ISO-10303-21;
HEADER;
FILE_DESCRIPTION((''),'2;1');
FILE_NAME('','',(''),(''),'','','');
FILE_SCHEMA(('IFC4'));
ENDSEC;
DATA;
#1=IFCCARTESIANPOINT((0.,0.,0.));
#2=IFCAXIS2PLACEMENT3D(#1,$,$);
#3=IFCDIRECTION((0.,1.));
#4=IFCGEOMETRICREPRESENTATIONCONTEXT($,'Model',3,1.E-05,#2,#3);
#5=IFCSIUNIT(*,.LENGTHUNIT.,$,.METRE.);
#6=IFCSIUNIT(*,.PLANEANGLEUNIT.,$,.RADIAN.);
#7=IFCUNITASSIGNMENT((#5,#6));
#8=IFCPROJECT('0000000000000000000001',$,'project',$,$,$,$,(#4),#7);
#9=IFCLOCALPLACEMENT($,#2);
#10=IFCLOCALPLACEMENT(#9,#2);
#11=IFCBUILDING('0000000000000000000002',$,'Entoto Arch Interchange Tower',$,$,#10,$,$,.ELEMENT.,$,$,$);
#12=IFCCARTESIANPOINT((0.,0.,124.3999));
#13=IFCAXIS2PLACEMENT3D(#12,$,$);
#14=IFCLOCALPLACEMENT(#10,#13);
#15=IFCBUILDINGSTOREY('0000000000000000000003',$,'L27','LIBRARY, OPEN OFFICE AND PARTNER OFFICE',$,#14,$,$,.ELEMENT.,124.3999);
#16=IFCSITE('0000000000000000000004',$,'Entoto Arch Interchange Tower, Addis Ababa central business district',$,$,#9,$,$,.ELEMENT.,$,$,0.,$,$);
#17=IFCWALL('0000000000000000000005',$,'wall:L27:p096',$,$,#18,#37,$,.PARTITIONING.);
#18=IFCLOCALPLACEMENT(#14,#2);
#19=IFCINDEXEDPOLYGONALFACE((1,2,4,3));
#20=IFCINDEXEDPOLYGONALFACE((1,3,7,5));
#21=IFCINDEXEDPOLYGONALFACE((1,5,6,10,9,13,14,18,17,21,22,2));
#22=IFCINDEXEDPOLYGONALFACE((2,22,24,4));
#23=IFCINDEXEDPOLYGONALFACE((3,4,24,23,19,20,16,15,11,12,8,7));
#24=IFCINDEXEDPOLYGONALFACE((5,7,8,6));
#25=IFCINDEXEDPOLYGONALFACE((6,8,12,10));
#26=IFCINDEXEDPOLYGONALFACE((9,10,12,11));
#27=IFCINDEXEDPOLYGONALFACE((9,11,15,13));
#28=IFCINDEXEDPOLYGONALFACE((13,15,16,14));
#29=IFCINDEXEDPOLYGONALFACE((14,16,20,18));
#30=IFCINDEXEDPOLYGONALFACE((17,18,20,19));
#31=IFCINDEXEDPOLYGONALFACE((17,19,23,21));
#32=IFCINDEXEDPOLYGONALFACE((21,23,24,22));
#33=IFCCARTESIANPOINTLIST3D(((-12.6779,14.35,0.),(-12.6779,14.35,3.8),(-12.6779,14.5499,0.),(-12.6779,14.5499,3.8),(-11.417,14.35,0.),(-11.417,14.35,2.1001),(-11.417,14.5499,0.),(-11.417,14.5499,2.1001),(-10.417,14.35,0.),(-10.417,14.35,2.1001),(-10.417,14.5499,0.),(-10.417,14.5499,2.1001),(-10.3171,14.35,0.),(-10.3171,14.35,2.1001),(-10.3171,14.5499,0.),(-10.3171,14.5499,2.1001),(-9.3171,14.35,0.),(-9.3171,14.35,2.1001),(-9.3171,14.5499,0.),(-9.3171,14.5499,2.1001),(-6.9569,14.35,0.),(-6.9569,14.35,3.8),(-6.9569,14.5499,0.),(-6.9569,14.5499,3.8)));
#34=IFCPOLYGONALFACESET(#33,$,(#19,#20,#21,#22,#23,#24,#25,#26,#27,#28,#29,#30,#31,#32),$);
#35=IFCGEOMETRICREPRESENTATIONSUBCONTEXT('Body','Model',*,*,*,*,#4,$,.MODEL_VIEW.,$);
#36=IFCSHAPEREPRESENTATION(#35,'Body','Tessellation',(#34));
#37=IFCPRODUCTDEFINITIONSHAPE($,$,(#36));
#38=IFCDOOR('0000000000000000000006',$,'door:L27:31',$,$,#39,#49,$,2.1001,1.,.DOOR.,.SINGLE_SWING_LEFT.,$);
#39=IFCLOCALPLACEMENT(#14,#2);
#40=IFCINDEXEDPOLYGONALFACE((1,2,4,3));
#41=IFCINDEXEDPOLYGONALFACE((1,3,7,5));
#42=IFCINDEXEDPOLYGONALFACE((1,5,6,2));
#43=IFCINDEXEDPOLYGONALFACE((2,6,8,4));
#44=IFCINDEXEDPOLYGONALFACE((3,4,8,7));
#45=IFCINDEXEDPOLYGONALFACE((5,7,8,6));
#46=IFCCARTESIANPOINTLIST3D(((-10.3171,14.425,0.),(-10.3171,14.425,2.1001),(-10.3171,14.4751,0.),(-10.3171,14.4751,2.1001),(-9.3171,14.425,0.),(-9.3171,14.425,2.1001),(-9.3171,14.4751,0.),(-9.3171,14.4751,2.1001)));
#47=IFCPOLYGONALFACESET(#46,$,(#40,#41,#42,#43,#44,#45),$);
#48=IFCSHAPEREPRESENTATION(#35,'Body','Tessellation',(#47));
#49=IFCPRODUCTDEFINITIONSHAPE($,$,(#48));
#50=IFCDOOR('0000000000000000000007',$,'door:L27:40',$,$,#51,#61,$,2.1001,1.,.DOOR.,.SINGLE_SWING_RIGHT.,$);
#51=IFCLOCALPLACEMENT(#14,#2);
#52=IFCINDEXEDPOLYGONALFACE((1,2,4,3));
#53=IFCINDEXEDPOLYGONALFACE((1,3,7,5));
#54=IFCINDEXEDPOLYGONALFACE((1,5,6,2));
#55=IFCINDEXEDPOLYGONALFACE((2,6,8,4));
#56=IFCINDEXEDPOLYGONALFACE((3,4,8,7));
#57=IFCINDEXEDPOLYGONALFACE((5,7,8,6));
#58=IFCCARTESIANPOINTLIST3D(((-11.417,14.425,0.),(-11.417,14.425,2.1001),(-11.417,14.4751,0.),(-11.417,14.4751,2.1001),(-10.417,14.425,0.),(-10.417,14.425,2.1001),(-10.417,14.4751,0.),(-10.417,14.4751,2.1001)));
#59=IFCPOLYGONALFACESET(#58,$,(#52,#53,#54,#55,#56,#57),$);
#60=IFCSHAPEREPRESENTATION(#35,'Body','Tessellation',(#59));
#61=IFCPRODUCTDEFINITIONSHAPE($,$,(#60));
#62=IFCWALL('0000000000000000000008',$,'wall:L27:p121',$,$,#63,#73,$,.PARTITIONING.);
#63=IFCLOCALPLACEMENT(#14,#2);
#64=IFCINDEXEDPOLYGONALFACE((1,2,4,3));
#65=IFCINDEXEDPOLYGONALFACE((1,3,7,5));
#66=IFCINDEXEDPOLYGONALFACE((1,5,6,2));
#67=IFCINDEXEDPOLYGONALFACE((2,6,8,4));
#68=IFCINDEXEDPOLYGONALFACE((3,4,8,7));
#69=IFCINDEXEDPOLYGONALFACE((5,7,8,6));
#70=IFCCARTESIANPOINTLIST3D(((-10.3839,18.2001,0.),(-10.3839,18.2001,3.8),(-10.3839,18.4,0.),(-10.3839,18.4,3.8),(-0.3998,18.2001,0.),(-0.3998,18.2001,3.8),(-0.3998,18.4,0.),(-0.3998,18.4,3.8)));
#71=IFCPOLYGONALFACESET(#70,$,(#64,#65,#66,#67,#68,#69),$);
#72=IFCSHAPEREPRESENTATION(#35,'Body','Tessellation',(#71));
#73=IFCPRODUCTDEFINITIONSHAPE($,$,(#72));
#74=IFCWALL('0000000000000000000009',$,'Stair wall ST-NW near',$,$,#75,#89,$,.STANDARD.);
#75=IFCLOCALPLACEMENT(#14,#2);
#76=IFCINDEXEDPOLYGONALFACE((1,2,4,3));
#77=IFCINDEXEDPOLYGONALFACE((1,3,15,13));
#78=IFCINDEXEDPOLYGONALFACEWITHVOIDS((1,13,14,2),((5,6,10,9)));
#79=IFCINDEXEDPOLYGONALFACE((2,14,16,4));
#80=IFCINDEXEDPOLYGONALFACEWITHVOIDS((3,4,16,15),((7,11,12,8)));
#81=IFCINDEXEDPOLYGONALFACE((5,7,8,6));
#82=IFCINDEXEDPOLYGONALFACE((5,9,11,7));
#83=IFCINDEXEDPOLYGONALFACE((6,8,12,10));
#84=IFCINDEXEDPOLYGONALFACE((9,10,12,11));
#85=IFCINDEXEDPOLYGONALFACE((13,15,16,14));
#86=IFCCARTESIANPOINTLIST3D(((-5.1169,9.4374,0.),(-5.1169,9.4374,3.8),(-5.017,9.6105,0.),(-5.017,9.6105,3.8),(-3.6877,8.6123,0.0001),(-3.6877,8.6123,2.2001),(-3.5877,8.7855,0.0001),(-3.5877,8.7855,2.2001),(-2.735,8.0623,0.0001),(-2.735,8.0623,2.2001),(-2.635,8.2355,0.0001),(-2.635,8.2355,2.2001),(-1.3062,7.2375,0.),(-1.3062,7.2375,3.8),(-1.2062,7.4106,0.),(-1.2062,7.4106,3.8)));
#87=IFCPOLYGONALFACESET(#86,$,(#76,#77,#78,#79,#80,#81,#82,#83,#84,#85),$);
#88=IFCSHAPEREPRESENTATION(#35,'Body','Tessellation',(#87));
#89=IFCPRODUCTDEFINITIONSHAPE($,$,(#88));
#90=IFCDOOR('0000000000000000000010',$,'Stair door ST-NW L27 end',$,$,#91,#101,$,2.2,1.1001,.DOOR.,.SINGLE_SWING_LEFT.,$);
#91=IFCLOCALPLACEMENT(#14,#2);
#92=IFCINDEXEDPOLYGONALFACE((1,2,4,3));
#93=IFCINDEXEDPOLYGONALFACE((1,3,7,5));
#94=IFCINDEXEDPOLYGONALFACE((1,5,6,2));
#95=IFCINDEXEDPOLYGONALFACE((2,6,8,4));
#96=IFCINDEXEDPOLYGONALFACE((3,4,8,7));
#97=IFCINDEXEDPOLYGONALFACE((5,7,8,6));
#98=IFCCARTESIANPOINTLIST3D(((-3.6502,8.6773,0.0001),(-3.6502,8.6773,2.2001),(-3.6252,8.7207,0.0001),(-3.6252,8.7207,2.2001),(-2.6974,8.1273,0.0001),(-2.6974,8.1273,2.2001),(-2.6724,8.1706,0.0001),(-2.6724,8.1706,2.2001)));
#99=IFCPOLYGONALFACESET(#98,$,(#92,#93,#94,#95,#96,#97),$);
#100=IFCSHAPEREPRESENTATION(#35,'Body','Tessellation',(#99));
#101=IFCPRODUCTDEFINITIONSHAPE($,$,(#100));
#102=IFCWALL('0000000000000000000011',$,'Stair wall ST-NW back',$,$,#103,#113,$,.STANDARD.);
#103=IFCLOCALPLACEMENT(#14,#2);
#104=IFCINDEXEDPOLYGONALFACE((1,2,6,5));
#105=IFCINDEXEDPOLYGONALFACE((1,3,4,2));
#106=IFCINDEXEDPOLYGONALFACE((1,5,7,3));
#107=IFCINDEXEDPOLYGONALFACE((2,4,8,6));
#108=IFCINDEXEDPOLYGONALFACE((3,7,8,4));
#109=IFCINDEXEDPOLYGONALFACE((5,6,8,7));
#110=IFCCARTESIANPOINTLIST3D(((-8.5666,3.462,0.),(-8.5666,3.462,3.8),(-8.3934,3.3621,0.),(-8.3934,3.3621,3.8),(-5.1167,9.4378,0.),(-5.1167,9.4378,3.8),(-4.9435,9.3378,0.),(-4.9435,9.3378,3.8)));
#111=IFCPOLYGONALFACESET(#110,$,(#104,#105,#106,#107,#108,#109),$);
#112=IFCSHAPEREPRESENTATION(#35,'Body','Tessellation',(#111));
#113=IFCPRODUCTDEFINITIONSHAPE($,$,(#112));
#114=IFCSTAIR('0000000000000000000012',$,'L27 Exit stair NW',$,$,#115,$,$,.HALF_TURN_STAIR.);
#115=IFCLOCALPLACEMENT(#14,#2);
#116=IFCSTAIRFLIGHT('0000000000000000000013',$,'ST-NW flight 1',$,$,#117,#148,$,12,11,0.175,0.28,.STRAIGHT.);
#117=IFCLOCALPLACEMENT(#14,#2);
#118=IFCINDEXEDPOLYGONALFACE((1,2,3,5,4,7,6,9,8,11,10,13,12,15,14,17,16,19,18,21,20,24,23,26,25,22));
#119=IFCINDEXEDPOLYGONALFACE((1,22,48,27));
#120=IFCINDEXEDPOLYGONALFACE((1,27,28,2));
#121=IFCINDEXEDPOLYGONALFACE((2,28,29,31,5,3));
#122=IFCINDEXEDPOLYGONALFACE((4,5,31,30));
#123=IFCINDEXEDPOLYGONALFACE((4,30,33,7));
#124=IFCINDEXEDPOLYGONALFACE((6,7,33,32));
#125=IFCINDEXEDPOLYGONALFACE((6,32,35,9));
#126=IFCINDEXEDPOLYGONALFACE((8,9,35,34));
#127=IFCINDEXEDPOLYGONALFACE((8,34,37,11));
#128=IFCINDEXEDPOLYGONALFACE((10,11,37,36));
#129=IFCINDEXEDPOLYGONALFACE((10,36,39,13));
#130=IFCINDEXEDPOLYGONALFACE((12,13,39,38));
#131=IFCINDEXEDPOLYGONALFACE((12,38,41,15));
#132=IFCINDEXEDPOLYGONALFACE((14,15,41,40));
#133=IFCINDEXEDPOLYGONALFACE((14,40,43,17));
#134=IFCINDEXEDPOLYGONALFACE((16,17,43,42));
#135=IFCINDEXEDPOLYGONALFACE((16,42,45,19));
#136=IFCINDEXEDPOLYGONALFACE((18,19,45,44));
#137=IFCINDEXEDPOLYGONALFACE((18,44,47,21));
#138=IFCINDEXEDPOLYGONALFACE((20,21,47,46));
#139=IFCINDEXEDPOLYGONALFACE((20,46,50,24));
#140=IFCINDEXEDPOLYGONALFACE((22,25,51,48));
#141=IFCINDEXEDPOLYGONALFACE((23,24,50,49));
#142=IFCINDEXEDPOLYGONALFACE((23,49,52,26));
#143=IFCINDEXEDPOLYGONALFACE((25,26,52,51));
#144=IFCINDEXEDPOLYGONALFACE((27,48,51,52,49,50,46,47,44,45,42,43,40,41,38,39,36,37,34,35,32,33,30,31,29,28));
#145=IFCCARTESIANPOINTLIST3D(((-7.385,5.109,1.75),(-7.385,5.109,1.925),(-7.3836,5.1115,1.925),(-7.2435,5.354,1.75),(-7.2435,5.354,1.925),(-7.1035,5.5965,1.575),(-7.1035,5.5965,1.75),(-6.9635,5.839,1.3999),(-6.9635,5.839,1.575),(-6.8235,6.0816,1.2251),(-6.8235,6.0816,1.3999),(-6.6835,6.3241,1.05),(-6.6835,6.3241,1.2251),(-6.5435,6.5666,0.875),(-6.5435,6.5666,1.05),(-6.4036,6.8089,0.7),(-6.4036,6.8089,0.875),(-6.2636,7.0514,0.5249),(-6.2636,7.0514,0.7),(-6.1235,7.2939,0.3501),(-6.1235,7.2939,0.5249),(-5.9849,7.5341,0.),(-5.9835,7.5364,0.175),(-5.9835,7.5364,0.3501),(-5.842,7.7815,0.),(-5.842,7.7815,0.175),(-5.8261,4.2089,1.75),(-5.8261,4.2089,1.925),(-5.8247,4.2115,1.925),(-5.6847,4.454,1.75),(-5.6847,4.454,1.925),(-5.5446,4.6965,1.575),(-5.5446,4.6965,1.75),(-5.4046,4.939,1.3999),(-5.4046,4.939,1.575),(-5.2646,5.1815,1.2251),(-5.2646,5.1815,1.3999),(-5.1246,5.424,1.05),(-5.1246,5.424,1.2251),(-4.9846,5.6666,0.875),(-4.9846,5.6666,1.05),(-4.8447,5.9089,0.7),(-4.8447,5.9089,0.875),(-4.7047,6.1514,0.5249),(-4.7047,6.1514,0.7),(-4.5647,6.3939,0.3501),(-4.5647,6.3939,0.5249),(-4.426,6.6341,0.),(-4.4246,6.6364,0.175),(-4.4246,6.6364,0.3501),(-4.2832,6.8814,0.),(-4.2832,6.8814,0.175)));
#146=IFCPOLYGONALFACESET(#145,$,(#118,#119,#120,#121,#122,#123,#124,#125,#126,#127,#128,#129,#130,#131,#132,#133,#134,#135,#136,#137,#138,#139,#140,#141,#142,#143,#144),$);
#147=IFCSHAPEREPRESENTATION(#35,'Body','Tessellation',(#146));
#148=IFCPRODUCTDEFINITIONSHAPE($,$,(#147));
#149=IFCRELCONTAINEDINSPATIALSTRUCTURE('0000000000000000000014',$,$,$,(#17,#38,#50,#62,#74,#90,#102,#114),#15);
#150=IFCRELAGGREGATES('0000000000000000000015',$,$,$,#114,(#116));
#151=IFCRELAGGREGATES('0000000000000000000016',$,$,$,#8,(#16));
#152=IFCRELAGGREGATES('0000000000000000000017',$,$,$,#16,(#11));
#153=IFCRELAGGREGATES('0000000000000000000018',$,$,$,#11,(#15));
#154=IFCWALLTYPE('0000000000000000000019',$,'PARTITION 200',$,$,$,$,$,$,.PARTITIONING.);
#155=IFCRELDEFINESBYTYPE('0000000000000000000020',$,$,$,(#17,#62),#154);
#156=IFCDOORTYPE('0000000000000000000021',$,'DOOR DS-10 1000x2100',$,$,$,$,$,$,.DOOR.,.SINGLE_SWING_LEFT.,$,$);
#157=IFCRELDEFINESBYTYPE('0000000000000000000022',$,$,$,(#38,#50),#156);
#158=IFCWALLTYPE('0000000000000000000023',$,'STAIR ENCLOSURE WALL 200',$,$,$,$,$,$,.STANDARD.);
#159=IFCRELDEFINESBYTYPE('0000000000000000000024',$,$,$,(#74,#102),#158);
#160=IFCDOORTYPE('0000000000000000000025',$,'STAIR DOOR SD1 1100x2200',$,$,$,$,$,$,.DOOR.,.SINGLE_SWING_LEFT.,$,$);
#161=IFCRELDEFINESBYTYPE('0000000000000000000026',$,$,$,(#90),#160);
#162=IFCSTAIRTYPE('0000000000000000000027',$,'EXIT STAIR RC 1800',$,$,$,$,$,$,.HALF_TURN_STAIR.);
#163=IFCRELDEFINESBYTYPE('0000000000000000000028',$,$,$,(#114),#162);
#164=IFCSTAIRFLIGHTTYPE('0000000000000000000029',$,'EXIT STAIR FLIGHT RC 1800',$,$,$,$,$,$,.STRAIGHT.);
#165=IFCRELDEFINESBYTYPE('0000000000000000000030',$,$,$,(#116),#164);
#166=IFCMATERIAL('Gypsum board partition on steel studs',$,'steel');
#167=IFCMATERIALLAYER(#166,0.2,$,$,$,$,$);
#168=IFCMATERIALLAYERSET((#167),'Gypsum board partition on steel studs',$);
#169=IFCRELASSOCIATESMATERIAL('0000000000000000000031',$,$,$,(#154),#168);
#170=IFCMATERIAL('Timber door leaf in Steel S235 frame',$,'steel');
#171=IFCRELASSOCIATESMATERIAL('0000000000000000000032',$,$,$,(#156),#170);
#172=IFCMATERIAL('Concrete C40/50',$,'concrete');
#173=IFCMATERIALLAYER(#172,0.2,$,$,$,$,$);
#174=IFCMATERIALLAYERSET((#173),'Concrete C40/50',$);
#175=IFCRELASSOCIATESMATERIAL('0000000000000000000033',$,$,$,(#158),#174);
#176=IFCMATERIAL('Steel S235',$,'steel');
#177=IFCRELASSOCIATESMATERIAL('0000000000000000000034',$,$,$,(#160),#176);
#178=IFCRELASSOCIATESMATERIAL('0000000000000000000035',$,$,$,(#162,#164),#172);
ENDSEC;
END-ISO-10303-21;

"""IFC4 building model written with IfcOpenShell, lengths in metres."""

from ifc_helpers import new_model, si_unit, direction, frame, frame_2d, origin, place, context, subcontext, project, spatial, polyline, rectangle, outline, extrude, material, layer, layer_set, type_object, element, fill, aggregate, save


model = new_model("IFC4")

# Units and contexts
model_context = context("Model", 3, precision=1e-05, world=origin(), true_north=direction((0.0, 1.0)))
body_context = subcontext(model_context, "Body", "Model", "MODEL_VIEW")
ifc_project = project(units=[si_unit("LENGTHUNIT", "METRE"), si_unit("PLANEANGLEUNIT", "RADIAN")], contexts=[model_context])

# Site, building, storey
site_placement = place(None, origin())
site = spatial("IfcSite", under=ifc_project, at=site_placement, Name="Entoto Arch Interchange Tower, Addis Ababa central business district", CompositionType="ELEMENT", RefElevation=0.0)
building_placement = place(site_placement, origin())
building = spatial("IfcBuilding", under=site, at=building_placement, Name="Entoto Arch Interchange Tower", CompositionType="ELEMENT")
storey_placement = place(building_placement, frame((0.0, 0.0, 124.3999)))
storey = spatial("IfcBuildingStorey", under=building, at=storey_placement, Name="L27", Description="LIBRARY, OPEN OFFICE AND PARTNER OFFICE", CompositionType="ELEMENT", Elevation=124.3999)

# Shared definitions
ifc_material_1 = material(Name="Concrete C40/50", Category="concrete")

# Shared definitions
ifc_material_2 = material(Name="Gypsum board partition on steel studs", Category="steel")
ifc_layer_1 = layer(ifc_material_2, 0.2)
ifc_layer_set_1 = layer_set([ifc_layer_1], Name="Gypsum board partition on steel studs")
wall_type_1 = type_object("IfcWallType", Name="PARTITION 200", PredefinedType="PARTITIONING", material=ifc_layer_set_1)

# Wall, openings, doors
wall_1_placement = place(storey_placement, frame((-6.957, 14.45, 0.0), z_axis=(0.0, 0.0, 1.0), x_axis=(-1.0, 0.0, 0.0)))
wall_1 = element("IfcWall", 1, at=wall_1_placement, inside=storey, type_object=wall_type_1, Name="wall:L27:p096", PredefinedType="PARTITIONING", context=body_context, shape_type="SweptSolid", body=[
    extrude(rectangle(XDim=5.7209, YDim=0.2, at=frame_2d((2.8604, 0.0))), origin(), (0.0, 0.0, 1.0), 3.8),
])
opening_1_placement = place(wall_1_placement, frame((2.3601, 0.0, 0.0)))
opening_1 = element("IfcOpeningElement", 2, at=opening_1_placement, cuts=wall_1, PredefinedType="OPENING", context=body_context, shape_type="SweptSolid", body=[
    extrude(rectangle(XDim=1.0, YDim=2.1001, at=frame_2d((0.5, 1.05))), frame((0.0, 0.1099, 0.0), z_axis=(0.0, -1.0, 0.0), x_axis=(1.0, 0.0, 0.0)), (0.0, 0.0, 1.0), 0.22),
])
opening_2_placement = place(wall_1_placement, frame((3.46, 0.0, 0.0)))
opening_2 = element("IfcOpeningElement", 3, at=opening_2_placement, cuts=wall_1, PredefinedType="OPENING", context=body_context, shape_type="SweptSolid", body=[
    extrude(rectangle(XDim=1.0, YDim=2.1001, at=frame_2d((0.5, 1.05))), frame((0.0, 0.1099, 0.0), z_axis=(0.0, -1.0, 0.0), x_axis=(1.0, 0.0, 0.0)), (0.0, 0.0, 1.0), 0.22),
])
ifc_material_3 = material(Name="Timber door leaf in Steel S235 frame", Category="steel")
door_type_1 = type_object("IfcDoorType", Name="DOOR DS-10 1000x2100", OperationType="SINGLE_SWING_LEFT", PredefinedType="DOOR", material=ifc_material_3)
door_1_placement = place(opening_1_placement, origin())
door_1 = element("IfcDoor", 4, at=door_1_placement, inside=storey, type_object=door_type_1, Name="door:L27:31", OperationType="SINGLE_SWING_LEFT", OverallHeight=2.1001, OverallWidth=1.0, PredefinedType="DOOR", context=body_context, shape_type="SweptSolid", body=[
    extrude(rectangle(XDim=1.0, YDim=2.1001, at=frame_2d((0.5, 1.05))), frame((0.0, 0.0249, 0.0), z_axis=(0.0, -1.0, 0.0), x_axis=(1.0, 0.0, 0.0)), (0.0, 0.0, 1.0), 0.05),
])
fill(opening_1, door_1)
door_2_placement = place(opening_2_placement, origin())
door_2 = element("IfcDoor", 5, at=door_2_placement, inside=storey, type_object=door_type_1, Name="door:L27:40", OperationType="SINGLE_SWING_RIGHT", OverallHeight=2.1001, OverallWidth=1.0, PredefinedType="DOOR", context=body_context, shape_type="SweptSolid", body=[
    extrude(rectangle(XDim=1.0, YDim=2.1001, at=frame_2d((0.5, 1.05))), frame((0.0, 0.0249, 0.0), z_axis=(0.0, -1.0, 0.0), x_axis=(1.0, 0.0, 0.0)), (0.0, 0.0, 1.0), 0.05),
])
fill(opening_2, door_2)

# Wall
wall_2_placement = place(storey_placement, frame((-10.384, 18.3, 0.0), z_axis=(0.0, 0.0, 1.0), x_axis=(1.0, 0.0, 0.0)))
element("IfcWall", 6, at=wall_2_placement, inside=storey, type_object=wall_type_1, Name="wall:L27:p121", PredefinedType="PARTITIONING", context=body_context, shape_type="SweptSolid", body=[
    extrude(rectangle(XDim=9.9841, YDim=0.2, at=frame_2d((4.9922, 0.0))), origin(), (0.0, 0.0, 1.0), 3.8),
])

# Wall, opening, door
ifc_layer_2 = layer(ifc_material_1, 0.2)
ifc_layer_set_2 = layer_set([ifc_layer_2], Name="Concrete C40/50")
wall_type_2 = type_object("IfcWallType", Name="STAIR ENCLOSURE WALL 200", PredefinedType="STANDARD", material=ifc_layer_set_2)
wall_3_placement = place(storey_placement, frame((-1.2561, 7.324, 0.0), z_axis=(0.0, 0.0, 1.0), x_axis=(-0.866046, 0.499964, 0.0)))
wall_3 = element("IfcWall", 7, at=wall_3_placement, inside=storey, type_object=wall_type_2, Name="Stair wall ST-NW near", PredefinedType="STANDARD", context=body_context, shape_type="SweptSolid", body=[
    extrude(rectangle(XDim=4.4001, YDim=0.2, at=frame_2d((2.2002, 0.0))), origin(), (0.0, 0.0, 1.0), 3.8),
])
opening_3_placement = place(wall_3_placement, frame((1.6499, 0.0, 0.0)))
opening_3 = element("IfcOpeningElement", 8, at=opening_3_placement, cuts=wall_3, PredefinedType="OPENING", context=body_context, shape_type="SweptSolid", body=[
    extrude(rectangle(XDim=1.1001, YDim=2.2, at=frame_2d((0.55, 1.1001))), frame((0.0, 0.1099, 0.0), z_axis=(0.0, -1.0, 0.0), x_axis=(1.0, 0.0, 0.0)), (0.0, 0.0, 1.0), 0.22),
])
ifc_material_4 = material(Name="Steel S235", Category="steel")
door_type_2 = type_object("IfcDoorType", Name="STAIR DOOR SD1 1100x2200", OperationType="SINGLE_SWING_LEFT", PredefinedType="DOOR", material=ifc_material_4)
door_3_placement = place(opening_3_placement, origin())
door_3 = element("IfcDoor", 9, at=door_3_placement, inside=storey, type_object=door_type_2, Name="Stair door ST-NW L27 end", OperationType="SINGLE_SWING_LEFT", OverallHeight=2.2, OverallWidth=1.1001, PredefinedType="DOOR", context=body_context, shape_type="SweptSolid", body=[
    extrude(rectangle(XDim=1.1001, YDim=2.2, at=frame_2d((0.55, 1.1001))), frame((0.0, 0.0249, 0.0), z_axis=(0.0, -1.0, 0.0), x_axis=(1.0, 0.0, 0.0)), (0.0, 0.0, 1.0), 0.05),
])
fill(opening_3, door_3)

# Wall
wall_4_placement = place(storey_placement, frame((-5.03, 9.3879, 0.0), z_axis=(0.0, 0.0, 1.0), x_axis=(-0.499979, -0.866038, 0.0)))
element("IfcWall", 10, at=wall_4_placement, inside=storey, type_object=wall_type_2, Name="Stair wall ST-NW back", PredefinedType="STANDARD", context=body_context, shape_type="SweptSolid", body=[
    extrude(rectangle(XDim=6.9001, YDim=0.2, at=frame_2d((3.4502, 0.0))), origin(), (0.0, 0.0, 1.0), 3.8),
])

# Stair, stair flight
stair_type = type_object("IfcStairType", Name="EXIT STAIR RC 1800", PredefinedType="HALF_TURN_STAIR", material=ifc_material_1)
stair_placement = place(storey_placement, origin())
stair = element("IfcStair", 11, at=stair_placement, inside=storey, type_object=stair_type, Name="L27 Exit stair NW", PredefinedType="HALF_TURN_STAIR")
stair_flight_type = type_object("IfcStairFlightType", Name="EXIT STAIR FLIGHT RC 1800", PredefinedType="STRAIGHT", material=ifc_material_1)
stair_flight_placement = place(storey_placement, frame((-5.064, 7.3289, 0.0), z_axis=(0.0, 0.0, 1.0), x_axis=(-0.5, -0.866025, 0.0)))
stair_flight = element("IfcStairFlight", 12, at=stair_flight_placement, type_object=stair_flight_type, Name="ST-NW flight 1", NumberOfRisers=12, NumberOfTreads=11, PredefinedType="STRAIGHT", RiserHeight=0.175, TreadLength=0.28, context=body_context, shape_type="SweptSolid", body=[
    extrude(outline(polyline([(-0.0029, 0.0), (-0.0029, 0.175), (0.28, 0.175), (0.28, 0.3501), (0.5601, 0.3501), (0.5601, 0.5249), (0.8401, 0.5249), (0.8401, 0.7), (1.1201, 0.7), (1.1201, 0.875), (1.3999, 0.875), (1.3999, 1.05), (1.6799, 1.05), (1.6799, 1.2251), (1.96, 1.2251), (1.96, 1.3999), (2.24, 1.3999), (2.24, 1.575), (2.52, 1.575), (2.52, 1.75), (2.8, 1.75), (2.8, 1.925), (3.0801, 1.925), (3.083, 1.925), (3.083, 1.75), (0.2827, 0.0), (-0.0029, 0.0)])), frame((0.0, 0.8999, 0.0), z_axis=(0.0, -1.0, 0.0), x_axis=(1.0, 0.0, 0.0)), (0.0, 0.0, 1.0), 1.8),
])
aggregate(stair, [stair_flight])

save(model, "model.ifc")
